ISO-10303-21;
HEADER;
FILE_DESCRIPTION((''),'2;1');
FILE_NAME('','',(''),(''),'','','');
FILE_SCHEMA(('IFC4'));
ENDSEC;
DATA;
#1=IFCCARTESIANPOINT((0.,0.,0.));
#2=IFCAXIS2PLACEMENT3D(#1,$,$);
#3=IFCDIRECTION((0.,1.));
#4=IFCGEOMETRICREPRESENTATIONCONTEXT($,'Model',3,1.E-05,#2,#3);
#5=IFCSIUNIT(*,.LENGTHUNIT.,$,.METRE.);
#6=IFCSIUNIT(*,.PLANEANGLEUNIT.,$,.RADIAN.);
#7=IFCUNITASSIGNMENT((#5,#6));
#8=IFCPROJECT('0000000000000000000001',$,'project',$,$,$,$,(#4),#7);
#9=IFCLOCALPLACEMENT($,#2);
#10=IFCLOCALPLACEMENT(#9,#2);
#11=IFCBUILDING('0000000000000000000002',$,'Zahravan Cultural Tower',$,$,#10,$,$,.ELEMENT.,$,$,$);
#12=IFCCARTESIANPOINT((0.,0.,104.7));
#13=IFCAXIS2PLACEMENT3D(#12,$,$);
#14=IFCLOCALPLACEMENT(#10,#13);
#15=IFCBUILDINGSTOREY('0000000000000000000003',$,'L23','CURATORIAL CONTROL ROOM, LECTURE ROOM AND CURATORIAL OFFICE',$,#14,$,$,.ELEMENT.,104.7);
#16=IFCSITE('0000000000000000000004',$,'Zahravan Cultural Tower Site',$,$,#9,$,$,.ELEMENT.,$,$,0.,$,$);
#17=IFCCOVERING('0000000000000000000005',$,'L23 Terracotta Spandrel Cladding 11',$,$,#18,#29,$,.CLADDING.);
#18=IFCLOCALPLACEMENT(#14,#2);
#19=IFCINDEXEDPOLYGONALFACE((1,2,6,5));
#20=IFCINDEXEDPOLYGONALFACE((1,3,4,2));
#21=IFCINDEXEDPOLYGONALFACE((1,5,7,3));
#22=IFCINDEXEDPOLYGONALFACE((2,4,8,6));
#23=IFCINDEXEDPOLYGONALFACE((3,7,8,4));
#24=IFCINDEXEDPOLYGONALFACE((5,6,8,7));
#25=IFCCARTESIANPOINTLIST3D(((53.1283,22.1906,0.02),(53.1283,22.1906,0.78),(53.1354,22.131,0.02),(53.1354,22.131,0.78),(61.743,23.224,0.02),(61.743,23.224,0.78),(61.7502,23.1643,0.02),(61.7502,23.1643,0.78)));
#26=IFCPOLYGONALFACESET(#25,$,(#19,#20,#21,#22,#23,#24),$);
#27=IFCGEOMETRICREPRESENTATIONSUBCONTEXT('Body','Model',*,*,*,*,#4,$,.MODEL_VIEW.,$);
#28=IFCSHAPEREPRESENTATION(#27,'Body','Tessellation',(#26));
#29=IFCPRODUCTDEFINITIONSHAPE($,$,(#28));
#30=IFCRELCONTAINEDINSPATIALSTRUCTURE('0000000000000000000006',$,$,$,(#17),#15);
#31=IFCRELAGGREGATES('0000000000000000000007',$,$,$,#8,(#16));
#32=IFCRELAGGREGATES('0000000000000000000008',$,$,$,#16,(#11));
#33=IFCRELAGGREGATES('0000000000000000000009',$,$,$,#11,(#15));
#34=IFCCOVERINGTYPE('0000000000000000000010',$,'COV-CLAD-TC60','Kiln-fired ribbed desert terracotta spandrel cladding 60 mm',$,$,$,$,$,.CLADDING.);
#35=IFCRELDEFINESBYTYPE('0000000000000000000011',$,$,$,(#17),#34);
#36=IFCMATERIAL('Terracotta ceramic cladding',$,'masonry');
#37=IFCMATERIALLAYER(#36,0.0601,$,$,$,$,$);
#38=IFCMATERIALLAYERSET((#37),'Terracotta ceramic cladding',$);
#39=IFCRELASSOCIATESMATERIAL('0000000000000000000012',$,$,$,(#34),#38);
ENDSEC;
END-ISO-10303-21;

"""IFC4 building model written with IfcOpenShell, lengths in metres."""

from ifc_helpers import new_model, si_unit, direction, frame, origin, origin_2d, place, context, subcontext, project, spatial, rectangle, extrude, source, transform, mapped, material, layer, layer_set, type_object, element, save


model = new_model("IFC4")

# Units and contexts
model_context = context("Model", 3, precision=1e-05, world=origin(), true_north=direction((0.0, 1.0)))
body_context = subcontext(model_context, "Body", "Model", "MODEL_VIEW")
ifc_project = project(units=[si_unit("LENGTHUNIT", "METRE"), si_unit("PLANEANGLEUNIT", "RADIAN")], contexts=[model_context])

# Site, building, storey
site_placement = place(None, origin())
site = spatial("IfcSite", under=ifc_project, at=site_placement, Name="Zahravan Cultural Tower Site", CompositionType="ELEMENT", RefElevation=0.0)
building_placement = place(site_placement, origin())
building = spatial("IfcBuilding", under=site, at=building_placement, Name="Zahravan Cultural Tower", CompositionType="ELEMENT")
storey_placement = place(building_placement, frame((0.0, 0.0, 104.7)))
storey = spatial("IfcBuildingStorey", under=building, at=storey_placement, Name="L23", Description="CURATORIAL CONTROL ROOM, LECTURE ROOM AND CURATORIAL OFFICE", CompositionType="ELEMENT", Elevation=104.7)

# Covering
ifc_material_1 = material(Name="Terracotta ceramic cladding", Category="masonry")
ifc_layer_1 = layer(ifc_material_1, 0.0601)
ifc_layer_set_1 = layer_set([ifc_layer_1], Name="Terracotta ceramic cladding")
covering_type = type_object("IfcCoveringType", Name="COV-CLAD-TC60", Description="Kiln-fired ribbed desert terracotta spandrel cladding 60 mm", PredefinedType="CLADDING", material=ifc_layer_set_1)
shared_shape_1 = source(origin(), body_context, "Body", "SweptSolid", [
    extrude(rectangle(XDim=8.6765, YDim=0.0601, at=origin_2d()), origin(), (0.0, 0.0, 1.0), 0.76),
])
covering_placement = place(storey_placement, frame((57.4392, 22.6775, 0.02), z_axis=(0.0, 0.0, 1.0), x_axis=(-0.992883, -0.119097, 0.0)))
element("IfcCovering", 1, at=covering_placement, inside=storey, type_object=covering_type, Name="L23 Terracotta Spandrel Cladding 11", PredefinedType="CLADDING", context=body_context, shape_type="MappedRepresentation", body=[
    mapped(shared_shape_1, transform((0.0, 0.0, 0.0), x_axis=(1.0, 0.0, 0.0), y_axis=(0.0, 1.0, 0.0), z_axis=(0.0, 0.0, 1.0), scale=1.0)),
])

save(model, "model.ifc")
